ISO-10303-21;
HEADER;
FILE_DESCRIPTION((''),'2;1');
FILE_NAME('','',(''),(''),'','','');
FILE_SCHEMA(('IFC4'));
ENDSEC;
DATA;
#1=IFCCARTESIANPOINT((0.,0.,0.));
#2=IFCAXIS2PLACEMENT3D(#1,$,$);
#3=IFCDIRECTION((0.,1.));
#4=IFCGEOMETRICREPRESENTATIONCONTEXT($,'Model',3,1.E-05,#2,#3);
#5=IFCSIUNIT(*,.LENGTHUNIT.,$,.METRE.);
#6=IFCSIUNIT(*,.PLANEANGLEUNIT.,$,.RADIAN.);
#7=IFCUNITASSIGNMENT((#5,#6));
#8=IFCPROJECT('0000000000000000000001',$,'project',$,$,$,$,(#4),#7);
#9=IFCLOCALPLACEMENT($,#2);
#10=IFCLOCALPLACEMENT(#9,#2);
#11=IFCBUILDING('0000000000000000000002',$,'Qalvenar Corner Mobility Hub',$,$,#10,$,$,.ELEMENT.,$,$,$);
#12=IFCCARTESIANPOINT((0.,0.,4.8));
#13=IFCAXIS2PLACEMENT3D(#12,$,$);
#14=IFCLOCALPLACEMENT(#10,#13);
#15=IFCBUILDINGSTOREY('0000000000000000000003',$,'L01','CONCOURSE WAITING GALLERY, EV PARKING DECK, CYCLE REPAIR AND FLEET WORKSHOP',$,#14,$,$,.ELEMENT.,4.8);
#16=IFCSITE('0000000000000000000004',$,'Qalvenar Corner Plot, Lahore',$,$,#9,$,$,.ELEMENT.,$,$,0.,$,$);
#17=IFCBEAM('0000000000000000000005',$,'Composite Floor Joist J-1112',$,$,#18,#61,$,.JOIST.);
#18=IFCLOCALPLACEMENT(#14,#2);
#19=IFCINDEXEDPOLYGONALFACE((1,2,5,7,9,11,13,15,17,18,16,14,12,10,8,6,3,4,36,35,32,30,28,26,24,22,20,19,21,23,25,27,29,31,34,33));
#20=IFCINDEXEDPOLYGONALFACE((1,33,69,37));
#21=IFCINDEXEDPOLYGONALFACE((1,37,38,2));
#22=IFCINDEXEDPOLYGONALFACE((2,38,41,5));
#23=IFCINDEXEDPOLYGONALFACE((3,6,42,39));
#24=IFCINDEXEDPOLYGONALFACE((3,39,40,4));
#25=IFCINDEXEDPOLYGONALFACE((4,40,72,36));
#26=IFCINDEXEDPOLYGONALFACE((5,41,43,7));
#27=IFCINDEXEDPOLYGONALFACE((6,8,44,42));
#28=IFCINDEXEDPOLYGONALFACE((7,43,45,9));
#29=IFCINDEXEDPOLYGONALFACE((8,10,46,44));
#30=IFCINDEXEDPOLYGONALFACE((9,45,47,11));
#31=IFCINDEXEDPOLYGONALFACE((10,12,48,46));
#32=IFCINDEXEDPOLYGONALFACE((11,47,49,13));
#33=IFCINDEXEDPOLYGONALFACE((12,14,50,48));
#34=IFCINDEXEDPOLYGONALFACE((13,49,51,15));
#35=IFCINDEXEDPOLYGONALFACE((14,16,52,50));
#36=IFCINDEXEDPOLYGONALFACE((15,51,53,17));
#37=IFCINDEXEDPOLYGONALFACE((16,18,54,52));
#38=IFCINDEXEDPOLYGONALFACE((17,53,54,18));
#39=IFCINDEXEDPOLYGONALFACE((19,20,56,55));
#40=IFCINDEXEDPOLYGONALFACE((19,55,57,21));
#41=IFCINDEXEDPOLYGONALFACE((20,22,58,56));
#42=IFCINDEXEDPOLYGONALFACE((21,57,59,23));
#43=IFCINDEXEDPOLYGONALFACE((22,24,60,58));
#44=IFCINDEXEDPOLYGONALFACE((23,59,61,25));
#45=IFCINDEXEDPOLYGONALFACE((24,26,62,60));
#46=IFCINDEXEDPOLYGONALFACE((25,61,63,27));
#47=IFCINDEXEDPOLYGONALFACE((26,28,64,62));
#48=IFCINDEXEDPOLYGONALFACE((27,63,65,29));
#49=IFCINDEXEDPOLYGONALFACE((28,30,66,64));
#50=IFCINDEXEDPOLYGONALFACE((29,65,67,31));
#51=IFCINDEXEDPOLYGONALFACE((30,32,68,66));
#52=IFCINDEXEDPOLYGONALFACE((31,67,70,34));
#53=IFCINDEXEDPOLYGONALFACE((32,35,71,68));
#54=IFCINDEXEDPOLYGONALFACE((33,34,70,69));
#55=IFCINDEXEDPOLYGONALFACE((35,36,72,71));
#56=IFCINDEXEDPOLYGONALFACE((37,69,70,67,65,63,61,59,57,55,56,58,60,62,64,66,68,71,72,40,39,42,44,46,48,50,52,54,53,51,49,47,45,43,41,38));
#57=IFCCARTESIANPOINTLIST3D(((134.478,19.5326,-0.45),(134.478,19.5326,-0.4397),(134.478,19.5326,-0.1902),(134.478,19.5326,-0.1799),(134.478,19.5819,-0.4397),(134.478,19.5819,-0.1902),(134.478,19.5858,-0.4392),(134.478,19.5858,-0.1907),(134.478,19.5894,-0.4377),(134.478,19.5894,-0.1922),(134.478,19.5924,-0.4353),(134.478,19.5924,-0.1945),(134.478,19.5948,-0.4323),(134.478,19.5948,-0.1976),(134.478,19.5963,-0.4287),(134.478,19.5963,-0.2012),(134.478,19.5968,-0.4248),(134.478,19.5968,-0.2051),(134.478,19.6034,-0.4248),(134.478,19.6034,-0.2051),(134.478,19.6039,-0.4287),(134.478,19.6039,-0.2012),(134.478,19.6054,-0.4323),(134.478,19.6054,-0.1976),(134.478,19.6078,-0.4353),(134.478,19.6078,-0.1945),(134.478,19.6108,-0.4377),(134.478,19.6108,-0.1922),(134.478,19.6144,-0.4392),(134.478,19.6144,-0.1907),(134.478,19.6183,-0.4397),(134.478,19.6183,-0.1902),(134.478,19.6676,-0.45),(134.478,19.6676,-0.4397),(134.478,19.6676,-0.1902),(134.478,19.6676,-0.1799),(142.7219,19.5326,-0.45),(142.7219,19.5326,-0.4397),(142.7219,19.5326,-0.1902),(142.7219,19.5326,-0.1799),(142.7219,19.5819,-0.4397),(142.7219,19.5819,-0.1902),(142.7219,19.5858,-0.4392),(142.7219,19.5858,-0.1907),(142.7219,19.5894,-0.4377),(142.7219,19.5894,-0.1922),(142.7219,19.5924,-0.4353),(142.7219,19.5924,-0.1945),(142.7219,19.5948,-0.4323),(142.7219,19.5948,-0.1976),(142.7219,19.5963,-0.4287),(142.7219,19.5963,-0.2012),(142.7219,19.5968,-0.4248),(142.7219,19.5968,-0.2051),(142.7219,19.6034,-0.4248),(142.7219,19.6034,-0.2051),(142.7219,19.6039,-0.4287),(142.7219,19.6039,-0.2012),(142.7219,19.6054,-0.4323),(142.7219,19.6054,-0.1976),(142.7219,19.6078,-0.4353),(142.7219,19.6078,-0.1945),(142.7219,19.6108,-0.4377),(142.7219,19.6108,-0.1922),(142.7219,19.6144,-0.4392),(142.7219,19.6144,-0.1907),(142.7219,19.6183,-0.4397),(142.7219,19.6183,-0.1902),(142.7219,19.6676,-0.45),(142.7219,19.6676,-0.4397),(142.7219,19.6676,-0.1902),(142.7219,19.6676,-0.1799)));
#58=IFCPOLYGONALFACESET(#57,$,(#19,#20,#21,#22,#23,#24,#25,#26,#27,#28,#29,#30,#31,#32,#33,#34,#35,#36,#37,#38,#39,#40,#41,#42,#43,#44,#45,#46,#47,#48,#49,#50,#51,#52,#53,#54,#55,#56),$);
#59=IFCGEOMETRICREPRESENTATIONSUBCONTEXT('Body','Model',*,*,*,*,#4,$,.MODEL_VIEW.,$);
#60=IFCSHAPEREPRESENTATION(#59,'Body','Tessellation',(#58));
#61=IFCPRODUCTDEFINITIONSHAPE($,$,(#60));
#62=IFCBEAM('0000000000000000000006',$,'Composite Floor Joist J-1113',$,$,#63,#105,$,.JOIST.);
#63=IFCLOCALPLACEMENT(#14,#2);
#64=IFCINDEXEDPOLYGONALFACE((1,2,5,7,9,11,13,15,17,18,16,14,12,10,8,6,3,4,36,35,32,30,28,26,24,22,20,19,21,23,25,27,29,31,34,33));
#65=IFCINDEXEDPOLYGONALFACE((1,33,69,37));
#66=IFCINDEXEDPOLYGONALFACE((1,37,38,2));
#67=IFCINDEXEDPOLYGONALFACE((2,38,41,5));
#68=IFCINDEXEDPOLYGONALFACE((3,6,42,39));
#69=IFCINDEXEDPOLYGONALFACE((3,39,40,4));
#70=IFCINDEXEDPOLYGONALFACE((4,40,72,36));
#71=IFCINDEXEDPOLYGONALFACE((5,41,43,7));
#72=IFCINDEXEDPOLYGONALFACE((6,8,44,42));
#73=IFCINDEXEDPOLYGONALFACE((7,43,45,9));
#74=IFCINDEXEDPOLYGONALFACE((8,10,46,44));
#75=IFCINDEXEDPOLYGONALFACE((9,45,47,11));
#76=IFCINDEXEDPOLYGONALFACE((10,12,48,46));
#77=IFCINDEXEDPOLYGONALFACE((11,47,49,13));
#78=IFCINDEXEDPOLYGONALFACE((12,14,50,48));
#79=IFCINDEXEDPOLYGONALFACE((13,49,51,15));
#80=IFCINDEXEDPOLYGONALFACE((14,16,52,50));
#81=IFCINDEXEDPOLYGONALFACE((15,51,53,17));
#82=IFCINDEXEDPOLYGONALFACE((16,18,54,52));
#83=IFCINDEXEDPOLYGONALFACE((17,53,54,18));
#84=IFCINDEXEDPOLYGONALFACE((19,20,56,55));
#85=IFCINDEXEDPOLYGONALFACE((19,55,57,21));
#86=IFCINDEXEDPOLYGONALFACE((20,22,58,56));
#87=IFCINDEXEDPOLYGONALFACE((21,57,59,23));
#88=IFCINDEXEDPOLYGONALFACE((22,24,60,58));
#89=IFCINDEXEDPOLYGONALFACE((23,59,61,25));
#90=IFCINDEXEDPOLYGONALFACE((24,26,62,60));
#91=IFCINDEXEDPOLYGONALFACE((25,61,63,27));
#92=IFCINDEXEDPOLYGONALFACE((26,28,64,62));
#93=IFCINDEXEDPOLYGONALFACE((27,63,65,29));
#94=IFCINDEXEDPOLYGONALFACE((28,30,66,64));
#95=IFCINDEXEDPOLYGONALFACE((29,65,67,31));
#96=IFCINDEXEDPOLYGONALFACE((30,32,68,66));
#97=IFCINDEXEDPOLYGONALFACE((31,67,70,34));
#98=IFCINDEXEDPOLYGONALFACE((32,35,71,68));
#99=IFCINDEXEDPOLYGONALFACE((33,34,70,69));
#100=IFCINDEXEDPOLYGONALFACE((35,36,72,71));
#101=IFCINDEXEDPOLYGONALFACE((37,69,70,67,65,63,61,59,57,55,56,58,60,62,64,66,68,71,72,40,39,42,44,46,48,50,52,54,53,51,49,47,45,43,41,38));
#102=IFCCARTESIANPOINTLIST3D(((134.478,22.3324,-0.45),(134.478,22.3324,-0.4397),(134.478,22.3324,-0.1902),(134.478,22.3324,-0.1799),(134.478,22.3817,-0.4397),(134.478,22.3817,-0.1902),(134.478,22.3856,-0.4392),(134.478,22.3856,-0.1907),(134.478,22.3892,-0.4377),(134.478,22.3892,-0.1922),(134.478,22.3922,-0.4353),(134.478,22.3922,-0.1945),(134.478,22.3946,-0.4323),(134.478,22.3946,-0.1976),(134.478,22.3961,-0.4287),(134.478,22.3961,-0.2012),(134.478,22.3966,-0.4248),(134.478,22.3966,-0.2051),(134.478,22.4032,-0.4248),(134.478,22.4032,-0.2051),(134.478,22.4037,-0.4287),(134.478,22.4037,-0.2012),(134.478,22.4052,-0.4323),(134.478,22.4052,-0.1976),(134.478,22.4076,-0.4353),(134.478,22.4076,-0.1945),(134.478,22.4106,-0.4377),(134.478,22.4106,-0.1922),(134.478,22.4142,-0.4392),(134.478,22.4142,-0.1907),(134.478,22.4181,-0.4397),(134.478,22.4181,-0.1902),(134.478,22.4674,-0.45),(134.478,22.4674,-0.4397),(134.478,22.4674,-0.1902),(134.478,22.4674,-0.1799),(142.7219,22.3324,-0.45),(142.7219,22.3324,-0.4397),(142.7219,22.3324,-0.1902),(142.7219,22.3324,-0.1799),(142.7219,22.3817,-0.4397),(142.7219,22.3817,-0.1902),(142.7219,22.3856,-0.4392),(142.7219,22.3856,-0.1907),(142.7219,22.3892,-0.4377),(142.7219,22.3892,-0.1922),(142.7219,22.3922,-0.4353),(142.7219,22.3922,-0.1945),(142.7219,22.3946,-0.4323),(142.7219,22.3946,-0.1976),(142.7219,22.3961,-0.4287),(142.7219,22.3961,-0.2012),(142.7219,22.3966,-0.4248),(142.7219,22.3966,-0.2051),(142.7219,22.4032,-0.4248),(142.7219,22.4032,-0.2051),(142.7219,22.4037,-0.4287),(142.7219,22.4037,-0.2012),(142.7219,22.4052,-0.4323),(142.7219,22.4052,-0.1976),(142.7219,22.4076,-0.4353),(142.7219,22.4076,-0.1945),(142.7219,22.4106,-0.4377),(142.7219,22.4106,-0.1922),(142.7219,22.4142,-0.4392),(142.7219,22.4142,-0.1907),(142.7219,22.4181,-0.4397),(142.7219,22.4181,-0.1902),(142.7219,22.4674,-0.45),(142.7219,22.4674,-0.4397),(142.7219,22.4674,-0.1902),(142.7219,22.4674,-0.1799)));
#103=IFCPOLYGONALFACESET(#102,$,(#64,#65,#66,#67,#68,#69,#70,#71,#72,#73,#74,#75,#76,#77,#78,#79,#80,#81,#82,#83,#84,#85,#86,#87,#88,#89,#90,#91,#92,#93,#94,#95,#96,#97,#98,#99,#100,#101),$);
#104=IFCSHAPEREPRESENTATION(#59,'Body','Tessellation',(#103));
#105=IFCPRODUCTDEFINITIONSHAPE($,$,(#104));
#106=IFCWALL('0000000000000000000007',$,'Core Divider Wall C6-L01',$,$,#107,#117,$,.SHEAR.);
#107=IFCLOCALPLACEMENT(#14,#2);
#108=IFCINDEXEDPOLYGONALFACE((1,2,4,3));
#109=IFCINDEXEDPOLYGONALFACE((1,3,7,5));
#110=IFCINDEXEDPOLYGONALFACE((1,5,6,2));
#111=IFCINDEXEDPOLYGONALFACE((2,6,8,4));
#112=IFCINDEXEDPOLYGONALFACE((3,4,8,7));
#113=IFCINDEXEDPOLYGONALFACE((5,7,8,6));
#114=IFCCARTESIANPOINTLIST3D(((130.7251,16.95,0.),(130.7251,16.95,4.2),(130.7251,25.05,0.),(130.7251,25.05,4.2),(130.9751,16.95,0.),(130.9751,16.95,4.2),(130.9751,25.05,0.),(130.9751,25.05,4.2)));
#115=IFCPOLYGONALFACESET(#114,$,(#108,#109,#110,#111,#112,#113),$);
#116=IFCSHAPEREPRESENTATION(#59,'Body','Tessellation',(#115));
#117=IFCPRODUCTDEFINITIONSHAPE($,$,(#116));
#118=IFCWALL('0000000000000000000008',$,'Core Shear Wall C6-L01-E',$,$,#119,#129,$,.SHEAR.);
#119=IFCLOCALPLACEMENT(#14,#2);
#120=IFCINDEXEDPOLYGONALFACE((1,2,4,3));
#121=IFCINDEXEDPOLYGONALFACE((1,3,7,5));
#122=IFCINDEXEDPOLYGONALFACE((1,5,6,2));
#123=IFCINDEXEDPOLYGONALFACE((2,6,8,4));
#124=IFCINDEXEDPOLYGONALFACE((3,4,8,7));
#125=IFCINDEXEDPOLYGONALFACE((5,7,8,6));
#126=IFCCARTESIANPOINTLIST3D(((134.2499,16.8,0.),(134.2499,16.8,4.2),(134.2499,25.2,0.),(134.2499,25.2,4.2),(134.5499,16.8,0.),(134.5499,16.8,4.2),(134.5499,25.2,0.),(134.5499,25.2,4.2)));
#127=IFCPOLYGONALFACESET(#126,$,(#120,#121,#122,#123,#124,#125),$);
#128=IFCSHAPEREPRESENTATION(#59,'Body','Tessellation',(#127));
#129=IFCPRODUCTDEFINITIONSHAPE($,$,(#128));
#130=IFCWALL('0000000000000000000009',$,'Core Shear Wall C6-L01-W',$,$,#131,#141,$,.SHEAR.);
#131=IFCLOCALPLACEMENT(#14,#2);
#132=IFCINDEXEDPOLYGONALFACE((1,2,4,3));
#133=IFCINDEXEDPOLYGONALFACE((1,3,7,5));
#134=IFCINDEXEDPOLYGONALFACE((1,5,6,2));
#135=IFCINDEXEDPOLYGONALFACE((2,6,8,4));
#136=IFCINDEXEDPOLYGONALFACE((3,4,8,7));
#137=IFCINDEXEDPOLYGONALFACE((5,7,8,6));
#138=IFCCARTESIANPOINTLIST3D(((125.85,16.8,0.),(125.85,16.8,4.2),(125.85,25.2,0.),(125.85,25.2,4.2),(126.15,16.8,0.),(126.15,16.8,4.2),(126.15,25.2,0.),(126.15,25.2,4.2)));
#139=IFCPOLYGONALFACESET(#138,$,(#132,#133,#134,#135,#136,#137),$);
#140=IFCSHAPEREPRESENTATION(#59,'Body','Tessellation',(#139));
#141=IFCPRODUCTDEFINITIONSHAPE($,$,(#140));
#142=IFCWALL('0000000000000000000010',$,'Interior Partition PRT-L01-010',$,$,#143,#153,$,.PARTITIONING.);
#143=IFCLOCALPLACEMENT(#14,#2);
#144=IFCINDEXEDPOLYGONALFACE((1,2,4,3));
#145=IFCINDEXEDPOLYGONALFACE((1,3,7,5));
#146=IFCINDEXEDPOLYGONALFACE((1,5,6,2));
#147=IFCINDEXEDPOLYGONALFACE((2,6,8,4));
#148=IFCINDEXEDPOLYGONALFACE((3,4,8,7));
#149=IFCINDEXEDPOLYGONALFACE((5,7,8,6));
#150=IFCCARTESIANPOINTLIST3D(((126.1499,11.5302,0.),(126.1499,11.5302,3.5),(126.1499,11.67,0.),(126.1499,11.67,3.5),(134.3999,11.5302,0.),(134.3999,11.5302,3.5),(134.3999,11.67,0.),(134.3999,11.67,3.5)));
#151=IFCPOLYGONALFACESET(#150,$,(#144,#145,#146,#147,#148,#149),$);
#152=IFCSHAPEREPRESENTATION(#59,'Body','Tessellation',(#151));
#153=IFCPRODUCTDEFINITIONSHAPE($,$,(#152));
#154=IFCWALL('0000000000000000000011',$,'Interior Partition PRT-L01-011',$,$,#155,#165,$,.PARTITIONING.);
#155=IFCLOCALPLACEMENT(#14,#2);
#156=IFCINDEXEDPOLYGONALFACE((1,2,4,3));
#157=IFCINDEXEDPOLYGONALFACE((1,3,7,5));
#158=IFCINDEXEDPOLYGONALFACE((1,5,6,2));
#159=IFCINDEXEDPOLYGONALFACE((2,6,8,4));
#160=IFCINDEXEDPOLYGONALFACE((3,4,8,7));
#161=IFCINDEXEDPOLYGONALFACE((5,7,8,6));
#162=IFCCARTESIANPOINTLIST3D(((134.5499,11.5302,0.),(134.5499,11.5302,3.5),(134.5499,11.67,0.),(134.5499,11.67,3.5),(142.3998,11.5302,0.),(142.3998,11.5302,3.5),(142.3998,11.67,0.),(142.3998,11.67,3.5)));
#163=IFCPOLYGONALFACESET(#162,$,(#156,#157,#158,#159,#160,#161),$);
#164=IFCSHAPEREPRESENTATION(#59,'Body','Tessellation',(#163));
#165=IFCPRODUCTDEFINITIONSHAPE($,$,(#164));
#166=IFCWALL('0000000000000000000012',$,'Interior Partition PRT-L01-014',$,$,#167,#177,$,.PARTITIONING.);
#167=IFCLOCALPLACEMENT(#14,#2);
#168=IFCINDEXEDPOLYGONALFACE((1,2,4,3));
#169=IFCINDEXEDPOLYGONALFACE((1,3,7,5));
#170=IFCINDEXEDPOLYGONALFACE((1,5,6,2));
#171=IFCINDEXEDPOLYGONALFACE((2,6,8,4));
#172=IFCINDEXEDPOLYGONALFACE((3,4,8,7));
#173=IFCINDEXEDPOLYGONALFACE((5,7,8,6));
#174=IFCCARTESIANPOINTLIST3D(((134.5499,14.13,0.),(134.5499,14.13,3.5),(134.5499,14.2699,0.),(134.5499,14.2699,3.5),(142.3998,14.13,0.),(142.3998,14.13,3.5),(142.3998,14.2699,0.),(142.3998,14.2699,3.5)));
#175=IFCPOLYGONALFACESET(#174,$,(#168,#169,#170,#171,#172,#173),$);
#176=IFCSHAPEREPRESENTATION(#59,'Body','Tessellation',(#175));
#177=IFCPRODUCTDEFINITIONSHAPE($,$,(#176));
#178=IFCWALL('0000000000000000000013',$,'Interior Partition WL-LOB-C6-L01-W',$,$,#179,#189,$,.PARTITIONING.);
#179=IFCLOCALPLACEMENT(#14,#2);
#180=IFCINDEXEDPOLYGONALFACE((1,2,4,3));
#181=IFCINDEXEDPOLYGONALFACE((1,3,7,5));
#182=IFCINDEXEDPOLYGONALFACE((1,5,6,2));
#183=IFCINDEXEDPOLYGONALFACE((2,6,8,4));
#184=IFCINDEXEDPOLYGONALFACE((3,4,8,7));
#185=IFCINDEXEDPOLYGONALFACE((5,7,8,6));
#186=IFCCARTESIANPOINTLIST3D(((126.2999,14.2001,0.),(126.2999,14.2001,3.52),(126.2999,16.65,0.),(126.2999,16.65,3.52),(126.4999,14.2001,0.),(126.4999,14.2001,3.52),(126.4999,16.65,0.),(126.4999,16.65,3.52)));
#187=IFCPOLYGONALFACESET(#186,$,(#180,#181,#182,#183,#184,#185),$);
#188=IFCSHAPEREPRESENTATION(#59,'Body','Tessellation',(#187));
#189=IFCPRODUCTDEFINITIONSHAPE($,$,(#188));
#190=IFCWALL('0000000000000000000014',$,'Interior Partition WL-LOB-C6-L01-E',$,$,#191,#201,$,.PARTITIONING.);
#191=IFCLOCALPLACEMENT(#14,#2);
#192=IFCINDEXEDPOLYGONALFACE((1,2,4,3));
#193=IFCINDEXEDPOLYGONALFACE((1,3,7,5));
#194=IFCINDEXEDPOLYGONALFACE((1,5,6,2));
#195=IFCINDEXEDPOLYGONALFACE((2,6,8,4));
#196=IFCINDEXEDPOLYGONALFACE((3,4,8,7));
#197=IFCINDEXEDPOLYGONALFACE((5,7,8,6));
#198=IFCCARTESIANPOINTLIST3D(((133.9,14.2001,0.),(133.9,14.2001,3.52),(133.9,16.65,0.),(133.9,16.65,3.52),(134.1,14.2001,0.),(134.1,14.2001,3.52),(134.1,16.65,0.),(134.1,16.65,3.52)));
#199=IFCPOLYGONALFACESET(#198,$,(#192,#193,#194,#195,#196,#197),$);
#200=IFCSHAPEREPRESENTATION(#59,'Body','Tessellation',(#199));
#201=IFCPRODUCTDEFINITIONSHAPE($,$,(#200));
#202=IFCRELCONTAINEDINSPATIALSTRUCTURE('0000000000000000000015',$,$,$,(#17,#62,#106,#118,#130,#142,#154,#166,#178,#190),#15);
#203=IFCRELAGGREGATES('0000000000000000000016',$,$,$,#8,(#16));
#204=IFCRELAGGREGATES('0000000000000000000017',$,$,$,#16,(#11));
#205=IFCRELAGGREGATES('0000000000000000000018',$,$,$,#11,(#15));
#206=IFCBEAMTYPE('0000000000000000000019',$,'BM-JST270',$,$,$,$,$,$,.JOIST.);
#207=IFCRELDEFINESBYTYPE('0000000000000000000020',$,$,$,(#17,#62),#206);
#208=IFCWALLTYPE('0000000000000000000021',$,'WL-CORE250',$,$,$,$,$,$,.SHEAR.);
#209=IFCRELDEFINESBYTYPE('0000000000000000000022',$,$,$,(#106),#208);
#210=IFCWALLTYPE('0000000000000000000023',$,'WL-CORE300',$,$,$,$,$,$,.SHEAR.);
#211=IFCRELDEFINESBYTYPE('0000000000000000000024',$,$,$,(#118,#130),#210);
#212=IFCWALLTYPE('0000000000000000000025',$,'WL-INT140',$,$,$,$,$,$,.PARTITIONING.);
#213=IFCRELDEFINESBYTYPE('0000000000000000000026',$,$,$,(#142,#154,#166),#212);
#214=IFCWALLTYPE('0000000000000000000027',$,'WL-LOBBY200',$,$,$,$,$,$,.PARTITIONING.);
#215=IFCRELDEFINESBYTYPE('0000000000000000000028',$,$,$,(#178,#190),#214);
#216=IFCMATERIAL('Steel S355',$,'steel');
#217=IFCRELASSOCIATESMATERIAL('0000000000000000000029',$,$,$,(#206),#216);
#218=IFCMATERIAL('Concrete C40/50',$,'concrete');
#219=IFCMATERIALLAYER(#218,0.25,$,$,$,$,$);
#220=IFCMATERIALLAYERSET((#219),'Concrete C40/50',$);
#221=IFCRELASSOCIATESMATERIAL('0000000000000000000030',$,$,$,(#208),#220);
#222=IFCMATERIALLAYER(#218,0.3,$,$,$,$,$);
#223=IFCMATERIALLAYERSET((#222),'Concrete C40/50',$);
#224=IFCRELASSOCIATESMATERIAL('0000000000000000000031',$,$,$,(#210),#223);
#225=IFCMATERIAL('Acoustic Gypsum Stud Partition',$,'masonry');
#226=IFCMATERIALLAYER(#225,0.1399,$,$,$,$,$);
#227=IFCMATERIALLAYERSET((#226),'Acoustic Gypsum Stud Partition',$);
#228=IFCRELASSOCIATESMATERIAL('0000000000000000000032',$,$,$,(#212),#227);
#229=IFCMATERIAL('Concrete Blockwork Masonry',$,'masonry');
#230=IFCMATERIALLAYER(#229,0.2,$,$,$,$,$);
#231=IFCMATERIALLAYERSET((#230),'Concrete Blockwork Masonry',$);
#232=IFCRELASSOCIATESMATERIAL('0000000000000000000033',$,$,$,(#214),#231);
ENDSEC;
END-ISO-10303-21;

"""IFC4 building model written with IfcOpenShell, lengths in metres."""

from ifc_helpers import new_model, si_unit, direction, frame, frame_2d, origin, origin_2d, place, context, subcontext, project, spatial, rectangle, i_section, extrude, material, layer, layer_set, material_profile, profile_set, type_object, element, save


model = new_model("IFC4")

# Units and contexts
model_context = context("Model", 3, precision=1e-05, world=origin(), true_north=direction((0.0, 1.0)))
body_context = subcontext(model_context, "Body", "Model", "MODEL_VIEW")
ifc_project = project(units=[si_unit("LENGTHUNIT", "METRE"), si_unit("PLANEANGLEUNIT", "RADIAN")], contexts=[model_context])

# Site, building, storey
site_placement = place(None, origin())
site = spatial("IfcSite", under=ifc_project, at=site_placement, Name="Qalvenar Corner Plot, Lahore", CompositionType="ELEMENT", RefElevation=0.0)
building_placement = place(site_placement, origin())
building = spatial("IfcBuilding", under=site, at=building_placement, Name="Qalvenar Corner Mobility Hub", CompositionType="ELEMENT")
storey_placement = place(building_placement, frame((0.0, 0.0, 4.8)))
storey = spatial("IfcBuildingStorey", under=building, at=storey_placement, Name="L01", Description="CONCOURSE WAITING GALLERY, EV PARKING DECK, CYCLE REPAIR AND FLEET WORKSHOP", CompositionType="ELEMENT", Elevation=4.8)

# Shared definitions
ifc_material_1 = material(Name="Steel S355", Category="steel")

# Beams
ifc_material_profile_1 = material_profile(ifc_material_1, i_section(OverallWidth=0.135, OverallDepth=0.27, WebThickness=0.0066, FlangeThickness=0.0103, FilletRadius=0.0149, at=origin_2d()), Name="IPE270")
ifc_profile_set_1 = profile_set([ifc_material_profile_1], Name="Steel S355")
beam_type_1 = type_object("IfcBeamType", Name="BM-JST270", PredefinedType="JOIST", material=ifc_profile_set_1)
for number, where, z_axis, x_axis, name in (
    (1, (134.478, 19.6001, -0.3149), (1.0, 0.0, 0.0), (0.0, 1.0, 0.0), "Composite Floor Joist J-1112"),
    (2, (134.478, 22.3999, -0.3149), (1.0, 0.0, 0.0), (0.0, 1.0, 0.0), "Composite Floor Joist J-1113"),
):
    element("IfcBeam", number, at=place(storey_placement, frame(where, z_axis=z_axis, x_axis=x_axis)), inside=storey, type_object=beam_type_1, Name=name, PredefinedType="JOIST", context=body_context, shape_type="SweptSolid", body=[
        extrude(i_section(OverallWidth=0.135, OverallDepth=0.27, WebThickness=0.0066, FlangeThickness=0.0103, FilletRadius=0.0149, at=origin_2d()), origin(), (0.0, 0.0, 1.0), 8.2439),
    ])

# Wall
ifc_material_2 = material(Name="Concrete C40/50", Category="concrete")
ifc_layer_1 = layer(ifc_material_2, 0.25)
ifc_layer_set_1 = layer_set([ifc_layer_1], Name="Concrete C40/50")
wall_type_1 = type_object("IfcWallType", Name="WL-CORE250", PredefinedType="SHEAR", material=ifc_layer_set_1)
wall_1_placement = place(storey_placement, frame((130.8501, 16.95, 0.0), z_axis=(0.0, 0.0, 1.0), x_axis=(0.0, 1.0, 0.0)))
element("IfcWall", 3, at=wall_1_placement, inside=storey, type_object=wall_type_1, Name="Core Divider Wall C6-L01", PredefinedType="SHEAR", context=body_context, shape_type="SweptSolid", body=[
    extrude(rectangle(XDim=8.1001, YDim=0.25, at=frame_2d((4.05, 0.0))), origin(), (0.0, 0.0, 1.0), 4.2),
])

# Shared definitions
ifc_layer_2 = layer(ifc_material_2, 0.3)
ifc_layer_set_2 = layer_set([ifc_layer_2], Name="Concrete C40/50")
wall_type_2 = type_object("IfcWallType", Name="WL-CORE300", PredefinedType="SHEAR", material=ifc_layer_set_2)

# Walls
for number, where, z_axis, x_axis, name in (
    (4, (134.3999, 16.8, 0.0), (0.0, 0.0, 1.0), (0.0, 1.0, 0.0), "Core Shear Wall C6-L01-E"),
    (5, (126.0, 25.2, 0.0), (0.0, 0.0, 1.0), (0.0, -1.0, 0.0), "Core Shear Wall C6-L01-W"),
):
    element("IfcWall", number, at=place(storey_placement, frame(where, z_axis=z_axis, x_axis=x_axis)), inside=storey, type_object=wall_type_2, Name=name, PredefinedType="SHEAR", context=body_context, shape_type="SweptSolid", body=[
        extrude(rectangle(XDim=8.3999, YDim=0.3, at=frame_2d((4.2, 0.0))), origin(), (0.0, 0.0, 1.0), 4.2),
    ])
ifc_material_3 = material(Name="Acoustic Gypsum Stud Partition", Category="masonry")
ifc_layer_3 = layer(ifc_material_3, 0.1399)
ifc_layer_set_3 = layer_set([ifc_layer_3], Name="Acoustic Gypsum Stud Partition")
wall_type_3 = type_object("IfcWallType", Name="WL-INT140", PredefinedType="PARTITIONING", material=ifc_layer_set_3)
wall_2_placement = place(storey_placement, frame((126.1499, 11.6001, 0.0), z_axis=(0.0, 0.0, 1.0), x_axis=(1.0, 0.0, 0.0)))
element("IfcWall", 6, at=wall_2_placement, inside=storey, type_object=wall_type_3, Name="Interior Partition PRT-L01-010", PredefinedType="PARTITIONING", context=body_context, shape_type="SweptSolid", body=[
    extrude(rectangle(XDim=8.25, YDim=0.1399, at=frame_2d((4.125, 0.0))), origin(), (0.0, 0.0, 1.0), 3.5),
])
for number, where, z_axis, x_axis, name in (
    (7, (134.55, 11.6001, 0.0), (0.0, 0.0, 1.0), (1.0, 0.0, 0.0), "Interior Partition PRT-L01-011"),
    (8, (134.55, 14.2, 0.0), (0.0, 0.0, 1.0), (1.0, 0.0, 0.0), "Interior Partition PRT-L01-014"),
):
    element("IfcWall", number, at=place(storey_placement, frame(where, z_axis=z_axis, x_axis=x_axis)), inside=storey, type_object=wall_type_3, Name=name, PredefinedType="PARTITIONING", context=body_context, shape_type="SweptSolid", body=[
        extrude(rectangle(XDim=7.8499, YDim=0.1399, at=frame_2d((3.9248, 0.0))), origin(), (0.0, 0.0, 1.0), 3.5),
    ])
ifc_material_4 = material(Name="Concrete Blockwork Masonry", Category="masonry")
ifc_layer_4 = layer(ifc_material_4, 0.2)
ifc_layer_set_4 = layer_set([ifc_layer_4], Name="Concrete Blockwork Masonry")
wall_type_4 = type_object("IfcWallType", Name="WL-LOBBY200", PredefinedType="PARTITIONING", material=ifc_layer_set_4)
for number, where, z_axis, x_axis, name in (
    (9, (126.3999, 14.2, 0.0), (0.0, 0.0, 1.0), (0.0, 1.0, 0.0), "Interior Partition WL-LOB-C6-L01-W"),
    (10, (134.0, 14.2, 0.0), (0.0, 0.0, 1.0), (0.0, 1.0, 0.0), "Interior Partition WL-LOB-C6-L01-E"),
):
    element("IfcWall", number, at=place(storey_placement, frame(where, z_axis=z_axis, x_axis=x_axis)), inside=storey, type_object=wall_type_4, Name=name, PredefinedType="PARTITIONING", context=body_context, shape_type="SweptSolid", body=[
        extrude(rectangle(XDim=2.45, YDim=0.2, at=frame_2d((1.2251, 0.0))), origin(), (0.0, 0.0, 1.0), 3.52),
    ])

save(model, "model.ifc")
